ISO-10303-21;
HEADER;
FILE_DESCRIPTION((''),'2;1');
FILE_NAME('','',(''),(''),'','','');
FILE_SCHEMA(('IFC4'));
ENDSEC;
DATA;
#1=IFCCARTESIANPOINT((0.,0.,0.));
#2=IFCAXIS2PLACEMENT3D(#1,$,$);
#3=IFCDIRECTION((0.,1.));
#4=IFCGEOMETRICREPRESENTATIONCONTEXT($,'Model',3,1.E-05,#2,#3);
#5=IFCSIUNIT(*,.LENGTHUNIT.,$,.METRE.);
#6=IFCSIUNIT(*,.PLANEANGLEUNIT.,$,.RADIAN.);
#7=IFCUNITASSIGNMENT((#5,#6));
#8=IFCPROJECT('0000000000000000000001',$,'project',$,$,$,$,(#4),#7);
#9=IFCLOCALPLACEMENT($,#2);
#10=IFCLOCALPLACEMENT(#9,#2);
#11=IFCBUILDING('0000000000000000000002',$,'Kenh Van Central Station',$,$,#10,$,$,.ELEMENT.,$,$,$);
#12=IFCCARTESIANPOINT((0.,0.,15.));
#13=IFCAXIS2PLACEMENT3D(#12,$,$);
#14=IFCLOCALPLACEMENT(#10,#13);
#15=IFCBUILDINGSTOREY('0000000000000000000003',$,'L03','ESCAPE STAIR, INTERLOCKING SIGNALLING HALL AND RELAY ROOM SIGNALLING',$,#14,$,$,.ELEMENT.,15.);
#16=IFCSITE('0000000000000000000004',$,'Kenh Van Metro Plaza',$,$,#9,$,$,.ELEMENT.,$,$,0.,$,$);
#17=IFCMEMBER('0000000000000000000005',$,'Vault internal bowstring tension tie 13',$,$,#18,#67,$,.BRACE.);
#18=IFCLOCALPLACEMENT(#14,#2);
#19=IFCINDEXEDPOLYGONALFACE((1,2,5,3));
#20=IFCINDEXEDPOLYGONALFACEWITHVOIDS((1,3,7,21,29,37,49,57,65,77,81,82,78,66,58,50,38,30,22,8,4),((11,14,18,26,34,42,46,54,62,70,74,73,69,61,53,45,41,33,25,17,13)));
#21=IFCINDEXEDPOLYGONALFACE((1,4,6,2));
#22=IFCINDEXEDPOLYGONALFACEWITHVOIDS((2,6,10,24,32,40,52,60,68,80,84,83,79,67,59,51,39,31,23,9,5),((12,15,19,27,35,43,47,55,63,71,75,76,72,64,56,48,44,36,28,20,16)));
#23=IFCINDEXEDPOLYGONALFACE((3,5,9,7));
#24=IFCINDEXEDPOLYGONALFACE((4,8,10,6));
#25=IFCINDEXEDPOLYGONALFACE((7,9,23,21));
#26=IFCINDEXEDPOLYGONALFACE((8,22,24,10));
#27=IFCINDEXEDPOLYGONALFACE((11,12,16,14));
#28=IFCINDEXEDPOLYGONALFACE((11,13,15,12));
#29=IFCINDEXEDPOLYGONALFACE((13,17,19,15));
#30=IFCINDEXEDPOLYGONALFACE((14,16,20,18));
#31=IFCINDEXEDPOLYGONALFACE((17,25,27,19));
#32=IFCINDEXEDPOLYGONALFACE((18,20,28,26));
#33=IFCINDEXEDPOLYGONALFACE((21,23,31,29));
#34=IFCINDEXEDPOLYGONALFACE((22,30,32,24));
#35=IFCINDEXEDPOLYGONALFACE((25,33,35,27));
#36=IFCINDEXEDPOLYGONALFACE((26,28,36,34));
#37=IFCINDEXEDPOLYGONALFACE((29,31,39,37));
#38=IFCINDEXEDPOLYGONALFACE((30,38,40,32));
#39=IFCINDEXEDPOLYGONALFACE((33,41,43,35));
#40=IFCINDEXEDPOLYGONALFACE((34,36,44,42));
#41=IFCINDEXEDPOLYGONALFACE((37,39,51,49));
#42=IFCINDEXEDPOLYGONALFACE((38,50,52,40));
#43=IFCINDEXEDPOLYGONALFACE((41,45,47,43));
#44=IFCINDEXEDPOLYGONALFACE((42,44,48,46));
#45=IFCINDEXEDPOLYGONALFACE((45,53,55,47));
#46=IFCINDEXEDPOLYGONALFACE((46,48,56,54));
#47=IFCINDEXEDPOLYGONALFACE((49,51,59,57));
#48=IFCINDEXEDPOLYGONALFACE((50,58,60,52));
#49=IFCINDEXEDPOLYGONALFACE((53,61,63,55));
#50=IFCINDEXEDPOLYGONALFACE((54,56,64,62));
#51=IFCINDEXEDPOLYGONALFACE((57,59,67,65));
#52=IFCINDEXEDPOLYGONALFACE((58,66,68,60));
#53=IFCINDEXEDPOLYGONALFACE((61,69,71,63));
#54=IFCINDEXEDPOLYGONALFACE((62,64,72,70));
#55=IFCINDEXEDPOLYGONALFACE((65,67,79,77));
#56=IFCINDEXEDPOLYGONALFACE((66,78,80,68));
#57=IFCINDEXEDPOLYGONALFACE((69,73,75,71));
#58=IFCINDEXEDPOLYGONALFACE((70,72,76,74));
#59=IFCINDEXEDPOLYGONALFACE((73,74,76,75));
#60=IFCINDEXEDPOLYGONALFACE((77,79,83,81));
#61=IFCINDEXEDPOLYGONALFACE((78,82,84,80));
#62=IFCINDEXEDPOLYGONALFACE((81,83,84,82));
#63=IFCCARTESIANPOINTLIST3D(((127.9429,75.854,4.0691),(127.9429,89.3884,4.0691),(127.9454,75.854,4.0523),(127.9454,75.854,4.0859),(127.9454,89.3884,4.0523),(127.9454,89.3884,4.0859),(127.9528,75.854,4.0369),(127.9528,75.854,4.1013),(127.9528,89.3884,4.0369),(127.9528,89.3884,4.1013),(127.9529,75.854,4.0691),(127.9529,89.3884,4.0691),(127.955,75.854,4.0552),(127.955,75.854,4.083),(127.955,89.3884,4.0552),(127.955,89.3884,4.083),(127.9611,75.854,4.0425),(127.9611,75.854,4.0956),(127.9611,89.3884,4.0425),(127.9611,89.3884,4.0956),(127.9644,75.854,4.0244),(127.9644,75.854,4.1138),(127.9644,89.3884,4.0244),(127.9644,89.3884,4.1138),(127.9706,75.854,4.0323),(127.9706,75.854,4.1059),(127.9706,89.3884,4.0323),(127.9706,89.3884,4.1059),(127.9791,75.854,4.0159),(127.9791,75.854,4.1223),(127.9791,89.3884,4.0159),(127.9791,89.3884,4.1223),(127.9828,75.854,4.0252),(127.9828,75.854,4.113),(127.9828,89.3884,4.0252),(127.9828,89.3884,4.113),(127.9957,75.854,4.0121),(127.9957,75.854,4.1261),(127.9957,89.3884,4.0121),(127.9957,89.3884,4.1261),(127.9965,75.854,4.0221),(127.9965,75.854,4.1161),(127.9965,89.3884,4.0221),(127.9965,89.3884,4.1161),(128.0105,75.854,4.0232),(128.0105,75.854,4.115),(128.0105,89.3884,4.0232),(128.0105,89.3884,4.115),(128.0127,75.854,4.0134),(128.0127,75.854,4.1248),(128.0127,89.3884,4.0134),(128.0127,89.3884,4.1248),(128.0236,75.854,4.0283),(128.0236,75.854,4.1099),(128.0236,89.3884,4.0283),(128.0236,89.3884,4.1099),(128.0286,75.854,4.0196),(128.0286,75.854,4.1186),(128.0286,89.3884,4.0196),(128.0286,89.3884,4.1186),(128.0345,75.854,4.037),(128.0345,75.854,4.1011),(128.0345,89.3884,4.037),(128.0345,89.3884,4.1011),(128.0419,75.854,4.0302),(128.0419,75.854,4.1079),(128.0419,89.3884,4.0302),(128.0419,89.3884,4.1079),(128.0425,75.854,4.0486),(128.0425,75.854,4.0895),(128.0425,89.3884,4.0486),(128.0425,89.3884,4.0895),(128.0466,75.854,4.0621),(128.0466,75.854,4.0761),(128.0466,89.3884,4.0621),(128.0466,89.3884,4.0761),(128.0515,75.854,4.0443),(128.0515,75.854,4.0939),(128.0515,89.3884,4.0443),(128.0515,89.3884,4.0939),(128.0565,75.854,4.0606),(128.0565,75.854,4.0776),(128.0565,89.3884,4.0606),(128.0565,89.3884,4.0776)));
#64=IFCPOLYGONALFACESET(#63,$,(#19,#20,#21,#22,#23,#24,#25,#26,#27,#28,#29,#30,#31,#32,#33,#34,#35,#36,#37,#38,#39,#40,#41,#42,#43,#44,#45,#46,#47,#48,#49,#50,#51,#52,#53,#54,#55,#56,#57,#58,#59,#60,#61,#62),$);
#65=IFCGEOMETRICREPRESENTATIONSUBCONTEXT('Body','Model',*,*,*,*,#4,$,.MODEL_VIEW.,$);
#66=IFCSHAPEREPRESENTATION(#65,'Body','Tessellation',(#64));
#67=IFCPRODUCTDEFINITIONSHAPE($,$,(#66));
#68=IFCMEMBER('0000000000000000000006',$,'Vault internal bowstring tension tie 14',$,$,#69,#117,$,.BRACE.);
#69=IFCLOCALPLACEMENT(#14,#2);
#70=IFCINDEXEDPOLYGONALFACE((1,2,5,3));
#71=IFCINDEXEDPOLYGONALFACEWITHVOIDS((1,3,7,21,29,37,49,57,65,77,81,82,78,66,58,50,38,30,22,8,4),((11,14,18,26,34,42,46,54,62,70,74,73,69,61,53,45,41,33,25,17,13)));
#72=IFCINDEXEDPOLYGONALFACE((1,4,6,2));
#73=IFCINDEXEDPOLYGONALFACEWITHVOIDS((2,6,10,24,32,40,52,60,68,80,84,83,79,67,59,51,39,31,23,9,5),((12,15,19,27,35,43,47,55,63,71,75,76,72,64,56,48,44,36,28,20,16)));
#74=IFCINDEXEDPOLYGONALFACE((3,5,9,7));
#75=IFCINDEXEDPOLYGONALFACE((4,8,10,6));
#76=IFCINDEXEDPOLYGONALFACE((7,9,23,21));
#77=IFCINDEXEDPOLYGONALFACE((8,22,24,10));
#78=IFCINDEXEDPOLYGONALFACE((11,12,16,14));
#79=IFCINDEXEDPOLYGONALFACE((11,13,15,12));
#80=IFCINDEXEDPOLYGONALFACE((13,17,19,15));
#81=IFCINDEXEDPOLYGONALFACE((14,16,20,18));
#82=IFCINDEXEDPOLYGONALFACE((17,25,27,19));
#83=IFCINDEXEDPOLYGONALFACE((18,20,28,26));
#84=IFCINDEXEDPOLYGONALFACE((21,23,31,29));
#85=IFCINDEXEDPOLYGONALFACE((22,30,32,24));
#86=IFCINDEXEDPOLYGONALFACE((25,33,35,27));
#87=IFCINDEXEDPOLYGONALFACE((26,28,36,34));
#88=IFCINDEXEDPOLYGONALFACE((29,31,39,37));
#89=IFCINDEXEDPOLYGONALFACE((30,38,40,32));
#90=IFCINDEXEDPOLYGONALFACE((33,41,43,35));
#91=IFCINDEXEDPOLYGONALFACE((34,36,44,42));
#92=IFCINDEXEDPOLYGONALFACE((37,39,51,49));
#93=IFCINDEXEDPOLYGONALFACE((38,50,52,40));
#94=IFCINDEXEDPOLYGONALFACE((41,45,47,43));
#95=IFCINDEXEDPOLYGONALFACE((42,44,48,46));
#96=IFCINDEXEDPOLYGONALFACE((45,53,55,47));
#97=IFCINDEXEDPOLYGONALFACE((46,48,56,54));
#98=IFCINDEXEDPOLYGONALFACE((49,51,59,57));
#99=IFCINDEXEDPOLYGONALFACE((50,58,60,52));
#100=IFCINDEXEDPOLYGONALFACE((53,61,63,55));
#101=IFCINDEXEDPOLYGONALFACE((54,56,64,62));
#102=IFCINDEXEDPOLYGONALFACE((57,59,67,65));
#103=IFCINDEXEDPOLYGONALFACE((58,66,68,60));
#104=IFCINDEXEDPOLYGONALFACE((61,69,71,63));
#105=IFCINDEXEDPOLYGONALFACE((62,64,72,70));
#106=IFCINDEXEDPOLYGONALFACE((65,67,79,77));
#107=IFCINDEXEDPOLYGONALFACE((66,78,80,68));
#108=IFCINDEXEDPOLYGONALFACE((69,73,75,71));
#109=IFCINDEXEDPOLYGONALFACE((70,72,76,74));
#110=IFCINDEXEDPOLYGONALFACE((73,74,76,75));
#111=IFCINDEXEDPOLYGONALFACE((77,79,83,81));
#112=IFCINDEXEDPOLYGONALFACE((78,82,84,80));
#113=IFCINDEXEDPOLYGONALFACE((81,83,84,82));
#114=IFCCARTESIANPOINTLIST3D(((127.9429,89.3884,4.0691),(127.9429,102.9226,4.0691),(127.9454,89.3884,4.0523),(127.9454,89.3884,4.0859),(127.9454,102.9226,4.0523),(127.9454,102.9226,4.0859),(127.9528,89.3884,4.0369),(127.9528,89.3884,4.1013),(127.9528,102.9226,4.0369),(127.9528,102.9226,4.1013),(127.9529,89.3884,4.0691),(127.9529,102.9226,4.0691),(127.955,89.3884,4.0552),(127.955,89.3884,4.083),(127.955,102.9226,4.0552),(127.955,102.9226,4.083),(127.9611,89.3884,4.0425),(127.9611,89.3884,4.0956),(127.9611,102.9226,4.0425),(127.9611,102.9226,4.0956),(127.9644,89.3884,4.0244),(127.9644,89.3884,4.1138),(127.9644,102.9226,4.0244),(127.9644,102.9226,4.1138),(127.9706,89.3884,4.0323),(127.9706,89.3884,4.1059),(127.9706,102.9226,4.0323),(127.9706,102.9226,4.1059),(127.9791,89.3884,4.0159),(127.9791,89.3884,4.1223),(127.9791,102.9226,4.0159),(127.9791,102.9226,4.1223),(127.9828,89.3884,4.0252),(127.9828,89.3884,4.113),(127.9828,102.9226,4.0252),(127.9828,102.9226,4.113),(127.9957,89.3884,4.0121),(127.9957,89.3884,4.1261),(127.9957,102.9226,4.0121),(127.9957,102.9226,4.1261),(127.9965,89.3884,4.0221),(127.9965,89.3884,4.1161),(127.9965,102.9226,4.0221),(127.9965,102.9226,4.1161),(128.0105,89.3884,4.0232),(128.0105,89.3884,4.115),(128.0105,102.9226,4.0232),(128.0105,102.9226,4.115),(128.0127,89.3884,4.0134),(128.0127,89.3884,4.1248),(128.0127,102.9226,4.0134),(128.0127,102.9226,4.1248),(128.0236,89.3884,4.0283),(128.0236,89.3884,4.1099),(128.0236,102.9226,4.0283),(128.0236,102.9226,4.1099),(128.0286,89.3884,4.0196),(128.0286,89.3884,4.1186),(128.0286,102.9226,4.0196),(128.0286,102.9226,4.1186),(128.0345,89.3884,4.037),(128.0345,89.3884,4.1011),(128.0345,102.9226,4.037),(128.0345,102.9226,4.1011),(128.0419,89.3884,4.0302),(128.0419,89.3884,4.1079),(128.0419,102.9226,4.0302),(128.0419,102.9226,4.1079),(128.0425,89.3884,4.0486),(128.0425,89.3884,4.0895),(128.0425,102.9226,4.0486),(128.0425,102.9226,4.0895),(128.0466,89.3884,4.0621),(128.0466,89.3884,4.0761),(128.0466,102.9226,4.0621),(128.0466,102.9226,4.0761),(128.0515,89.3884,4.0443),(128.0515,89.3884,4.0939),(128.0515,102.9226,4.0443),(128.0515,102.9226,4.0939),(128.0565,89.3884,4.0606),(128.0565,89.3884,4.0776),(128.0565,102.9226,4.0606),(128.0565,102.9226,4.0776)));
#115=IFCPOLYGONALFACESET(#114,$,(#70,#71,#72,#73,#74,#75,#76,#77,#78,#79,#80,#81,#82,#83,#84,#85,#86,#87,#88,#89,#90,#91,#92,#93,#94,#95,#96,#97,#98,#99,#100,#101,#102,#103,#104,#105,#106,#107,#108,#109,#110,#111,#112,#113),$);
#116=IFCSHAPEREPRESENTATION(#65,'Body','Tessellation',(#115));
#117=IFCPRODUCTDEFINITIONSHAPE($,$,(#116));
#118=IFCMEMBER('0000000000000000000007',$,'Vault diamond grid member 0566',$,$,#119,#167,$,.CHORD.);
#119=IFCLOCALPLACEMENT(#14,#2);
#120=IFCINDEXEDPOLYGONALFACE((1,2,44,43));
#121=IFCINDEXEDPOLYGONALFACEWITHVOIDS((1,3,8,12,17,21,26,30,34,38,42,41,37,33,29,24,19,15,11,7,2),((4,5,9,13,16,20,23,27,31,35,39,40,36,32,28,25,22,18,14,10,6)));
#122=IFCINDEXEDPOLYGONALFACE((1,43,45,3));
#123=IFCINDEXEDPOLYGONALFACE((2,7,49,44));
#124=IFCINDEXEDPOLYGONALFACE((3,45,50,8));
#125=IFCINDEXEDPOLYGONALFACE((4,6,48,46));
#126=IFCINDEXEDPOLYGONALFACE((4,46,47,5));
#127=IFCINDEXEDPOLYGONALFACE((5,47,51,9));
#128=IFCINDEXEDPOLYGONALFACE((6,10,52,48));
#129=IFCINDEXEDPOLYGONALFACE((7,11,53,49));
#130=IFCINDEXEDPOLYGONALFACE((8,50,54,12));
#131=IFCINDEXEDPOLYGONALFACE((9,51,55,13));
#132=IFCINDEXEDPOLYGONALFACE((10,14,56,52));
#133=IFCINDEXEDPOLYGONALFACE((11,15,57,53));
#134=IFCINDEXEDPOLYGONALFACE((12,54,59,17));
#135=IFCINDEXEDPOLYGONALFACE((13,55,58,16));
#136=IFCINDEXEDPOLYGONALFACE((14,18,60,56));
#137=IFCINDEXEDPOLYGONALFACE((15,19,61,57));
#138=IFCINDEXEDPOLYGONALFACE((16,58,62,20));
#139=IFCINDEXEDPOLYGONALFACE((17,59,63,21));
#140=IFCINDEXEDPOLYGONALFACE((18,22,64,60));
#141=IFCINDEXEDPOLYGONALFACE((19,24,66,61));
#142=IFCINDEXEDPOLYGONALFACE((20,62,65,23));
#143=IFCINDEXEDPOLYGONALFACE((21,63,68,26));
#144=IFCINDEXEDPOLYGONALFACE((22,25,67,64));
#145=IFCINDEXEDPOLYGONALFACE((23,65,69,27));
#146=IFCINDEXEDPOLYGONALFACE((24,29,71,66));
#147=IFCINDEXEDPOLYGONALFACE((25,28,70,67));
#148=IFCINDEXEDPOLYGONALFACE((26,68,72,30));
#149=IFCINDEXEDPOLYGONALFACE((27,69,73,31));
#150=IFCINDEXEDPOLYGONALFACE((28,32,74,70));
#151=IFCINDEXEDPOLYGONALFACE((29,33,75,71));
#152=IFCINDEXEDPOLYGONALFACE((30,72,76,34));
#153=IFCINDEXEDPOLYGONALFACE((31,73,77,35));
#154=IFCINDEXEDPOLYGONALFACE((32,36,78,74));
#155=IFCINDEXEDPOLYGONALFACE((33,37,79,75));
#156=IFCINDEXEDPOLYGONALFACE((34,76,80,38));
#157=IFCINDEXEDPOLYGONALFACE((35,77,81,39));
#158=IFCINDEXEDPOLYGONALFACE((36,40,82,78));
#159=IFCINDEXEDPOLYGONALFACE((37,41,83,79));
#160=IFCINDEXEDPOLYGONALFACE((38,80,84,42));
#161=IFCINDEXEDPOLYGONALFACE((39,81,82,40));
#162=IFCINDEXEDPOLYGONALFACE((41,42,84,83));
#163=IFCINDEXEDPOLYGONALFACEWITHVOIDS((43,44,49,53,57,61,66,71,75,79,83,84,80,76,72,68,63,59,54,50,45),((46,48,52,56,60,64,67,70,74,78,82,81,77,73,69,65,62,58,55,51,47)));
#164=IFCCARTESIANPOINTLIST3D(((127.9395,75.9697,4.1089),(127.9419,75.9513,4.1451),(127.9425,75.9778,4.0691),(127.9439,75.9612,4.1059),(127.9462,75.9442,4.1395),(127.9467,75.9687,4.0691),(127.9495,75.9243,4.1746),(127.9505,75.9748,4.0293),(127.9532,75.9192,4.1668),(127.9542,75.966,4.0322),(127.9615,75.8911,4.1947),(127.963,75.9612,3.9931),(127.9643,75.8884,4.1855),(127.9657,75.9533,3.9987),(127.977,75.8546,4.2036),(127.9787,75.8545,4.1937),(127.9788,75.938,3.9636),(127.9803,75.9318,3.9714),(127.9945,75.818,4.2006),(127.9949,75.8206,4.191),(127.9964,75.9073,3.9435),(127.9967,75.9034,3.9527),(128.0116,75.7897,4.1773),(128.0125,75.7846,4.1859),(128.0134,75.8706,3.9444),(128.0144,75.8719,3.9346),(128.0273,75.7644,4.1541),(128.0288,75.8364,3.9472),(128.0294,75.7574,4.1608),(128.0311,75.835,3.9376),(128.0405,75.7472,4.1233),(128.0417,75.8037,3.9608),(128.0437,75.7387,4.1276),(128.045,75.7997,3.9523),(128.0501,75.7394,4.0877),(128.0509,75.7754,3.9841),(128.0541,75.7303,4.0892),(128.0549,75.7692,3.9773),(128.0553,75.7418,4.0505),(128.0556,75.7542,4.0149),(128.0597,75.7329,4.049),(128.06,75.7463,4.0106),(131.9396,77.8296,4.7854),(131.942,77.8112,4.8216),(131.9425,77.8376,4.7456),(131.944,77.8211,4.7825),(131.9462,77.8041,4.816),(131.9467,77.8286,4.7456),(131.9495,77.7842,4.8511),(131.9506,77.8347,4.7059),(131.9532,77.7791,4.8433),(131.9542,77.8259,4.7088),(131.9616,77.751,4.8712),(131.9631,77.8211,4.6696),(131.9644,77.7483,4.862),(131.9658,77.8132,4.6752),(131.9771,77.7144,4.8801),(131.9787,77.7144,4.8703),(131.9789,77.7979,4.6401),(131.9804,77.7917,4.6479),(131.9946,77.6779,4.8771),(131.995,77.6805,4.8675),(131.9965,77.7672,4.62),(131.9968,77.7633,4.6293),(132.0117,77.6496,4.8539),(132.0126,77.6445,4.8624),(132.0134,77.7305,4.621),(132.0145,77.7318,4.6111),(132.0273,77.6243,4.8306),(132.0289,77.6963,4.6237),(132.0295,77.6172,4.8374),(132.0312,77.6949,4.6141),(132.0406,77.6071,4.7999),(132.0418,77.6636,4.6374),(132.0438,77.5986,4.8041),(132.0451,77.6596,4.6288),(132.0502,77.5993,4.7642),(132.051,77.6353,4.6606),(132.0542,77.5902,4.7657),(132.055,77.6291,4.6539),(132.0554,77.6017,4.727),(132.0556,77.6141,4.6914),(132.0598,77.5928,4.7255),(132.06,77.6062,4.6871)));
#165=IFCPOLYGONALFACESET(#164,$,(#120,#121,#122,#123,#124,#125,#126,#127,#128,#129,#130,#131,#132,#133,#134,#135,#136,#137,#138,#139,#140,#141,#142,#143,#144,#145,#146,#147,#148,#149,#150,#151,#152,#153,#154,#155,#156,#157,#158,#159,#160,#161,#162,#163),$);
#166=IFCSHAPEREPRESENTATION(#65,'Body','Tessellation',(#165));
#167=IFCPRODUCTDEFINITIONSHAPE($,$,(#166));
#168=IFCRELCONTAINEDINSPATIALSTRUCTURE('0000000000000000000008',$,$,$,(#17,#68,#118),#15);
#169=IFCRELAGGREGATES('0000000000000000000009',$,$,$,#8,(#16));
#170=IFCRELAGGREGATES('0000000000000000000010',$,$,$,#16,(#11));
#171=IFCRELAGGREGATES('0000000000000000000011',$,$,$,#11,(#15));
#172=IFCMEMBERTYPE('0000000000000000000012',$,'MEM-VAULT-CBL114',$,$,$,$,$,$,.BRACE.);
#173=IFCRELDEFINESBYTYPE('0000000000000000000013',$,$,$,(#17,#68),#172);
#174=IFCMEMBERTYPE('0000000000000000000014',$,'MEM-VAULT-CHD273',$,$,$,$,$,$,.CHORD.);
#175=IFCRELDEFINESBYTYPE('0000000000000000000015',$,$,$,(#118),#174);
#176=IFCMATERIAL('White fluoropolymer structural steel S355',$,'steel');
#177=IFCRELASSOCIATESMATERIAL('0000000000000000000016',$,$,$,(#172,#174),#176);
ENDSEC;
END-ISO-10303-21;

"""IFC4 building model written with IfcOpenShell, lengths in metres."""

from ifc_helpers import new_model, si_unit, direction, frame, origin, origin_2d, place, context, subcontext, project, spatial, hollow_circle, extrude, material, material_profile, profile_set, type_object, element, save


model = new_model("IFC4")

# Units and contexts
model_context = context("Model", 3, precision=1e-05, world=origin(), true_north=direction((0.0, 1.0)))
body_context = subcontext(model_context, "Body", "Model", "MODEL_VIEW")
ifc_project = project(units=[si_unit("LENGTHUNIT", "METRE"), si_unit("PLANEANGLEUNIT", "RADIAN")], contexts=[model_context])

# Site, building, storey
site_placement = place(None, origin())
site = spatial("IfcSite", under=ifc_project, at=site_placement, Name="Kenh Van Metro Plaza", CompositionType="ELEMENT", RefElevation=0.0)
building_placement = place(site_placement, origin())
building = spatial("IfcBuilding", under=site, at=building_placement, Name="Kenh Van Central Station", CompositionType="ELEMENT")
storey_placement = place(building_placement, frame((0.0, 0.0, 15.0)))
storey = spatial("IfcBuildingStorey", under=building, at=storey_placement, Name="L03", Description="ESCAPE STAIR, INTERLOCKING SIGNALLING HALL AND RELAY ROOM SIGNALLING", CompositionType="ELEMENT", Elevation=15.0)

# Shared definitions
ifc_material_1 = material(Name="White fluoropolymer structural steel S355", Category="steel")

# Members
ifc_material_profile_1 = material_profile(ifc_material_1, hollow_circle(Radius=0.0571, WallThickness=0.01, at=origin_2d()), Name="CHS 114.3x10")
ifc_profile_set_1 = profile_set([ifc_material_profile_1], Name="White fluoropolymer structural steel S355")
member_type_1 = type_object("IfcMemberType", Name="MEM-VAULT-CBL114", PredefinedType="BRACE", material=ifc_profile_set_1)
member_1_placement = place(storey_placement, frame((128.0, 75.854, 4.0691), z_axis=(0.0, 1.0, 0.0), x_axis=(-1.0, 0.0, 0.0)))
element("IfcMember", 1, at=member_1_placement, inside=storey, type_object=member_type_1, Name="Vault internal bowstring tension tie 13", PredefinedType="BRACE", context=body_context, shape_type="SweptSolid", body=[
    extrude(hollow_circle(Radius=0.0571, WallThickness=0.01, at=origin_2d()), origin(), (0.0, 0.0, 1.0), 13.5344),
])
member_2_placement = place(storey_placement, frame((128.0, 89.3884, 4.0691), z_axis=(0.0, 1.0, 0.0), x_axis=(-1.0, 0.0, 0.0)))
element("IfcMember", 2, at=member_2_placement, inside=storey, type_object=member_type_1, Name="Vault internal bowstring tension tie 14", PredefinedType="BRACE", context=body_context, shape_type="SweptSolid", body=[
    extrude(hollow_circle(Radius=0.0571, WallThickness=0.01, at=origin_2d()), origin(), (0.0, 0.0, 1.0), 13.5342),
])
ifc_material_profile_2 = material_profile(ifc_material_1, hollow_circle(Radius=0.1365, WallThickness=0.01, at=origin_2d()), Name="CHS 273x10")
ifc_profile_set_2 = profile_set([ifc_material_profile_2], Name="White fluoropolymer structural steel S355")
member_type_2 = type_object("IfcMemberType", Name="MEM-VAULT-CHD273", PredefinedType="CHORD", material=ifc_profile_set_2)
member_3_placement = place(storey_placement, frame((128.0, 75.854, 4.0691), z_axis=(0.896294, 0.416746, 0.151589), x_axis=(-0.421619, 0.906773, 0.0)))
element("IfcMember", 3, at=member_3_placement, inside=storey, type_object=member_type_2, Name="Vault diamond grid member 0566", PredefinedType="CHORD", context=body_context, shape_type="SweptSolid", body=[
    extrude(hollow_circle(Radius=0.1365, WallThickness=0.01, at=origin_2d()), origin(), (0.0, 0.0, 1.0), 4.4629),
])

save(model, "model.ifc")
